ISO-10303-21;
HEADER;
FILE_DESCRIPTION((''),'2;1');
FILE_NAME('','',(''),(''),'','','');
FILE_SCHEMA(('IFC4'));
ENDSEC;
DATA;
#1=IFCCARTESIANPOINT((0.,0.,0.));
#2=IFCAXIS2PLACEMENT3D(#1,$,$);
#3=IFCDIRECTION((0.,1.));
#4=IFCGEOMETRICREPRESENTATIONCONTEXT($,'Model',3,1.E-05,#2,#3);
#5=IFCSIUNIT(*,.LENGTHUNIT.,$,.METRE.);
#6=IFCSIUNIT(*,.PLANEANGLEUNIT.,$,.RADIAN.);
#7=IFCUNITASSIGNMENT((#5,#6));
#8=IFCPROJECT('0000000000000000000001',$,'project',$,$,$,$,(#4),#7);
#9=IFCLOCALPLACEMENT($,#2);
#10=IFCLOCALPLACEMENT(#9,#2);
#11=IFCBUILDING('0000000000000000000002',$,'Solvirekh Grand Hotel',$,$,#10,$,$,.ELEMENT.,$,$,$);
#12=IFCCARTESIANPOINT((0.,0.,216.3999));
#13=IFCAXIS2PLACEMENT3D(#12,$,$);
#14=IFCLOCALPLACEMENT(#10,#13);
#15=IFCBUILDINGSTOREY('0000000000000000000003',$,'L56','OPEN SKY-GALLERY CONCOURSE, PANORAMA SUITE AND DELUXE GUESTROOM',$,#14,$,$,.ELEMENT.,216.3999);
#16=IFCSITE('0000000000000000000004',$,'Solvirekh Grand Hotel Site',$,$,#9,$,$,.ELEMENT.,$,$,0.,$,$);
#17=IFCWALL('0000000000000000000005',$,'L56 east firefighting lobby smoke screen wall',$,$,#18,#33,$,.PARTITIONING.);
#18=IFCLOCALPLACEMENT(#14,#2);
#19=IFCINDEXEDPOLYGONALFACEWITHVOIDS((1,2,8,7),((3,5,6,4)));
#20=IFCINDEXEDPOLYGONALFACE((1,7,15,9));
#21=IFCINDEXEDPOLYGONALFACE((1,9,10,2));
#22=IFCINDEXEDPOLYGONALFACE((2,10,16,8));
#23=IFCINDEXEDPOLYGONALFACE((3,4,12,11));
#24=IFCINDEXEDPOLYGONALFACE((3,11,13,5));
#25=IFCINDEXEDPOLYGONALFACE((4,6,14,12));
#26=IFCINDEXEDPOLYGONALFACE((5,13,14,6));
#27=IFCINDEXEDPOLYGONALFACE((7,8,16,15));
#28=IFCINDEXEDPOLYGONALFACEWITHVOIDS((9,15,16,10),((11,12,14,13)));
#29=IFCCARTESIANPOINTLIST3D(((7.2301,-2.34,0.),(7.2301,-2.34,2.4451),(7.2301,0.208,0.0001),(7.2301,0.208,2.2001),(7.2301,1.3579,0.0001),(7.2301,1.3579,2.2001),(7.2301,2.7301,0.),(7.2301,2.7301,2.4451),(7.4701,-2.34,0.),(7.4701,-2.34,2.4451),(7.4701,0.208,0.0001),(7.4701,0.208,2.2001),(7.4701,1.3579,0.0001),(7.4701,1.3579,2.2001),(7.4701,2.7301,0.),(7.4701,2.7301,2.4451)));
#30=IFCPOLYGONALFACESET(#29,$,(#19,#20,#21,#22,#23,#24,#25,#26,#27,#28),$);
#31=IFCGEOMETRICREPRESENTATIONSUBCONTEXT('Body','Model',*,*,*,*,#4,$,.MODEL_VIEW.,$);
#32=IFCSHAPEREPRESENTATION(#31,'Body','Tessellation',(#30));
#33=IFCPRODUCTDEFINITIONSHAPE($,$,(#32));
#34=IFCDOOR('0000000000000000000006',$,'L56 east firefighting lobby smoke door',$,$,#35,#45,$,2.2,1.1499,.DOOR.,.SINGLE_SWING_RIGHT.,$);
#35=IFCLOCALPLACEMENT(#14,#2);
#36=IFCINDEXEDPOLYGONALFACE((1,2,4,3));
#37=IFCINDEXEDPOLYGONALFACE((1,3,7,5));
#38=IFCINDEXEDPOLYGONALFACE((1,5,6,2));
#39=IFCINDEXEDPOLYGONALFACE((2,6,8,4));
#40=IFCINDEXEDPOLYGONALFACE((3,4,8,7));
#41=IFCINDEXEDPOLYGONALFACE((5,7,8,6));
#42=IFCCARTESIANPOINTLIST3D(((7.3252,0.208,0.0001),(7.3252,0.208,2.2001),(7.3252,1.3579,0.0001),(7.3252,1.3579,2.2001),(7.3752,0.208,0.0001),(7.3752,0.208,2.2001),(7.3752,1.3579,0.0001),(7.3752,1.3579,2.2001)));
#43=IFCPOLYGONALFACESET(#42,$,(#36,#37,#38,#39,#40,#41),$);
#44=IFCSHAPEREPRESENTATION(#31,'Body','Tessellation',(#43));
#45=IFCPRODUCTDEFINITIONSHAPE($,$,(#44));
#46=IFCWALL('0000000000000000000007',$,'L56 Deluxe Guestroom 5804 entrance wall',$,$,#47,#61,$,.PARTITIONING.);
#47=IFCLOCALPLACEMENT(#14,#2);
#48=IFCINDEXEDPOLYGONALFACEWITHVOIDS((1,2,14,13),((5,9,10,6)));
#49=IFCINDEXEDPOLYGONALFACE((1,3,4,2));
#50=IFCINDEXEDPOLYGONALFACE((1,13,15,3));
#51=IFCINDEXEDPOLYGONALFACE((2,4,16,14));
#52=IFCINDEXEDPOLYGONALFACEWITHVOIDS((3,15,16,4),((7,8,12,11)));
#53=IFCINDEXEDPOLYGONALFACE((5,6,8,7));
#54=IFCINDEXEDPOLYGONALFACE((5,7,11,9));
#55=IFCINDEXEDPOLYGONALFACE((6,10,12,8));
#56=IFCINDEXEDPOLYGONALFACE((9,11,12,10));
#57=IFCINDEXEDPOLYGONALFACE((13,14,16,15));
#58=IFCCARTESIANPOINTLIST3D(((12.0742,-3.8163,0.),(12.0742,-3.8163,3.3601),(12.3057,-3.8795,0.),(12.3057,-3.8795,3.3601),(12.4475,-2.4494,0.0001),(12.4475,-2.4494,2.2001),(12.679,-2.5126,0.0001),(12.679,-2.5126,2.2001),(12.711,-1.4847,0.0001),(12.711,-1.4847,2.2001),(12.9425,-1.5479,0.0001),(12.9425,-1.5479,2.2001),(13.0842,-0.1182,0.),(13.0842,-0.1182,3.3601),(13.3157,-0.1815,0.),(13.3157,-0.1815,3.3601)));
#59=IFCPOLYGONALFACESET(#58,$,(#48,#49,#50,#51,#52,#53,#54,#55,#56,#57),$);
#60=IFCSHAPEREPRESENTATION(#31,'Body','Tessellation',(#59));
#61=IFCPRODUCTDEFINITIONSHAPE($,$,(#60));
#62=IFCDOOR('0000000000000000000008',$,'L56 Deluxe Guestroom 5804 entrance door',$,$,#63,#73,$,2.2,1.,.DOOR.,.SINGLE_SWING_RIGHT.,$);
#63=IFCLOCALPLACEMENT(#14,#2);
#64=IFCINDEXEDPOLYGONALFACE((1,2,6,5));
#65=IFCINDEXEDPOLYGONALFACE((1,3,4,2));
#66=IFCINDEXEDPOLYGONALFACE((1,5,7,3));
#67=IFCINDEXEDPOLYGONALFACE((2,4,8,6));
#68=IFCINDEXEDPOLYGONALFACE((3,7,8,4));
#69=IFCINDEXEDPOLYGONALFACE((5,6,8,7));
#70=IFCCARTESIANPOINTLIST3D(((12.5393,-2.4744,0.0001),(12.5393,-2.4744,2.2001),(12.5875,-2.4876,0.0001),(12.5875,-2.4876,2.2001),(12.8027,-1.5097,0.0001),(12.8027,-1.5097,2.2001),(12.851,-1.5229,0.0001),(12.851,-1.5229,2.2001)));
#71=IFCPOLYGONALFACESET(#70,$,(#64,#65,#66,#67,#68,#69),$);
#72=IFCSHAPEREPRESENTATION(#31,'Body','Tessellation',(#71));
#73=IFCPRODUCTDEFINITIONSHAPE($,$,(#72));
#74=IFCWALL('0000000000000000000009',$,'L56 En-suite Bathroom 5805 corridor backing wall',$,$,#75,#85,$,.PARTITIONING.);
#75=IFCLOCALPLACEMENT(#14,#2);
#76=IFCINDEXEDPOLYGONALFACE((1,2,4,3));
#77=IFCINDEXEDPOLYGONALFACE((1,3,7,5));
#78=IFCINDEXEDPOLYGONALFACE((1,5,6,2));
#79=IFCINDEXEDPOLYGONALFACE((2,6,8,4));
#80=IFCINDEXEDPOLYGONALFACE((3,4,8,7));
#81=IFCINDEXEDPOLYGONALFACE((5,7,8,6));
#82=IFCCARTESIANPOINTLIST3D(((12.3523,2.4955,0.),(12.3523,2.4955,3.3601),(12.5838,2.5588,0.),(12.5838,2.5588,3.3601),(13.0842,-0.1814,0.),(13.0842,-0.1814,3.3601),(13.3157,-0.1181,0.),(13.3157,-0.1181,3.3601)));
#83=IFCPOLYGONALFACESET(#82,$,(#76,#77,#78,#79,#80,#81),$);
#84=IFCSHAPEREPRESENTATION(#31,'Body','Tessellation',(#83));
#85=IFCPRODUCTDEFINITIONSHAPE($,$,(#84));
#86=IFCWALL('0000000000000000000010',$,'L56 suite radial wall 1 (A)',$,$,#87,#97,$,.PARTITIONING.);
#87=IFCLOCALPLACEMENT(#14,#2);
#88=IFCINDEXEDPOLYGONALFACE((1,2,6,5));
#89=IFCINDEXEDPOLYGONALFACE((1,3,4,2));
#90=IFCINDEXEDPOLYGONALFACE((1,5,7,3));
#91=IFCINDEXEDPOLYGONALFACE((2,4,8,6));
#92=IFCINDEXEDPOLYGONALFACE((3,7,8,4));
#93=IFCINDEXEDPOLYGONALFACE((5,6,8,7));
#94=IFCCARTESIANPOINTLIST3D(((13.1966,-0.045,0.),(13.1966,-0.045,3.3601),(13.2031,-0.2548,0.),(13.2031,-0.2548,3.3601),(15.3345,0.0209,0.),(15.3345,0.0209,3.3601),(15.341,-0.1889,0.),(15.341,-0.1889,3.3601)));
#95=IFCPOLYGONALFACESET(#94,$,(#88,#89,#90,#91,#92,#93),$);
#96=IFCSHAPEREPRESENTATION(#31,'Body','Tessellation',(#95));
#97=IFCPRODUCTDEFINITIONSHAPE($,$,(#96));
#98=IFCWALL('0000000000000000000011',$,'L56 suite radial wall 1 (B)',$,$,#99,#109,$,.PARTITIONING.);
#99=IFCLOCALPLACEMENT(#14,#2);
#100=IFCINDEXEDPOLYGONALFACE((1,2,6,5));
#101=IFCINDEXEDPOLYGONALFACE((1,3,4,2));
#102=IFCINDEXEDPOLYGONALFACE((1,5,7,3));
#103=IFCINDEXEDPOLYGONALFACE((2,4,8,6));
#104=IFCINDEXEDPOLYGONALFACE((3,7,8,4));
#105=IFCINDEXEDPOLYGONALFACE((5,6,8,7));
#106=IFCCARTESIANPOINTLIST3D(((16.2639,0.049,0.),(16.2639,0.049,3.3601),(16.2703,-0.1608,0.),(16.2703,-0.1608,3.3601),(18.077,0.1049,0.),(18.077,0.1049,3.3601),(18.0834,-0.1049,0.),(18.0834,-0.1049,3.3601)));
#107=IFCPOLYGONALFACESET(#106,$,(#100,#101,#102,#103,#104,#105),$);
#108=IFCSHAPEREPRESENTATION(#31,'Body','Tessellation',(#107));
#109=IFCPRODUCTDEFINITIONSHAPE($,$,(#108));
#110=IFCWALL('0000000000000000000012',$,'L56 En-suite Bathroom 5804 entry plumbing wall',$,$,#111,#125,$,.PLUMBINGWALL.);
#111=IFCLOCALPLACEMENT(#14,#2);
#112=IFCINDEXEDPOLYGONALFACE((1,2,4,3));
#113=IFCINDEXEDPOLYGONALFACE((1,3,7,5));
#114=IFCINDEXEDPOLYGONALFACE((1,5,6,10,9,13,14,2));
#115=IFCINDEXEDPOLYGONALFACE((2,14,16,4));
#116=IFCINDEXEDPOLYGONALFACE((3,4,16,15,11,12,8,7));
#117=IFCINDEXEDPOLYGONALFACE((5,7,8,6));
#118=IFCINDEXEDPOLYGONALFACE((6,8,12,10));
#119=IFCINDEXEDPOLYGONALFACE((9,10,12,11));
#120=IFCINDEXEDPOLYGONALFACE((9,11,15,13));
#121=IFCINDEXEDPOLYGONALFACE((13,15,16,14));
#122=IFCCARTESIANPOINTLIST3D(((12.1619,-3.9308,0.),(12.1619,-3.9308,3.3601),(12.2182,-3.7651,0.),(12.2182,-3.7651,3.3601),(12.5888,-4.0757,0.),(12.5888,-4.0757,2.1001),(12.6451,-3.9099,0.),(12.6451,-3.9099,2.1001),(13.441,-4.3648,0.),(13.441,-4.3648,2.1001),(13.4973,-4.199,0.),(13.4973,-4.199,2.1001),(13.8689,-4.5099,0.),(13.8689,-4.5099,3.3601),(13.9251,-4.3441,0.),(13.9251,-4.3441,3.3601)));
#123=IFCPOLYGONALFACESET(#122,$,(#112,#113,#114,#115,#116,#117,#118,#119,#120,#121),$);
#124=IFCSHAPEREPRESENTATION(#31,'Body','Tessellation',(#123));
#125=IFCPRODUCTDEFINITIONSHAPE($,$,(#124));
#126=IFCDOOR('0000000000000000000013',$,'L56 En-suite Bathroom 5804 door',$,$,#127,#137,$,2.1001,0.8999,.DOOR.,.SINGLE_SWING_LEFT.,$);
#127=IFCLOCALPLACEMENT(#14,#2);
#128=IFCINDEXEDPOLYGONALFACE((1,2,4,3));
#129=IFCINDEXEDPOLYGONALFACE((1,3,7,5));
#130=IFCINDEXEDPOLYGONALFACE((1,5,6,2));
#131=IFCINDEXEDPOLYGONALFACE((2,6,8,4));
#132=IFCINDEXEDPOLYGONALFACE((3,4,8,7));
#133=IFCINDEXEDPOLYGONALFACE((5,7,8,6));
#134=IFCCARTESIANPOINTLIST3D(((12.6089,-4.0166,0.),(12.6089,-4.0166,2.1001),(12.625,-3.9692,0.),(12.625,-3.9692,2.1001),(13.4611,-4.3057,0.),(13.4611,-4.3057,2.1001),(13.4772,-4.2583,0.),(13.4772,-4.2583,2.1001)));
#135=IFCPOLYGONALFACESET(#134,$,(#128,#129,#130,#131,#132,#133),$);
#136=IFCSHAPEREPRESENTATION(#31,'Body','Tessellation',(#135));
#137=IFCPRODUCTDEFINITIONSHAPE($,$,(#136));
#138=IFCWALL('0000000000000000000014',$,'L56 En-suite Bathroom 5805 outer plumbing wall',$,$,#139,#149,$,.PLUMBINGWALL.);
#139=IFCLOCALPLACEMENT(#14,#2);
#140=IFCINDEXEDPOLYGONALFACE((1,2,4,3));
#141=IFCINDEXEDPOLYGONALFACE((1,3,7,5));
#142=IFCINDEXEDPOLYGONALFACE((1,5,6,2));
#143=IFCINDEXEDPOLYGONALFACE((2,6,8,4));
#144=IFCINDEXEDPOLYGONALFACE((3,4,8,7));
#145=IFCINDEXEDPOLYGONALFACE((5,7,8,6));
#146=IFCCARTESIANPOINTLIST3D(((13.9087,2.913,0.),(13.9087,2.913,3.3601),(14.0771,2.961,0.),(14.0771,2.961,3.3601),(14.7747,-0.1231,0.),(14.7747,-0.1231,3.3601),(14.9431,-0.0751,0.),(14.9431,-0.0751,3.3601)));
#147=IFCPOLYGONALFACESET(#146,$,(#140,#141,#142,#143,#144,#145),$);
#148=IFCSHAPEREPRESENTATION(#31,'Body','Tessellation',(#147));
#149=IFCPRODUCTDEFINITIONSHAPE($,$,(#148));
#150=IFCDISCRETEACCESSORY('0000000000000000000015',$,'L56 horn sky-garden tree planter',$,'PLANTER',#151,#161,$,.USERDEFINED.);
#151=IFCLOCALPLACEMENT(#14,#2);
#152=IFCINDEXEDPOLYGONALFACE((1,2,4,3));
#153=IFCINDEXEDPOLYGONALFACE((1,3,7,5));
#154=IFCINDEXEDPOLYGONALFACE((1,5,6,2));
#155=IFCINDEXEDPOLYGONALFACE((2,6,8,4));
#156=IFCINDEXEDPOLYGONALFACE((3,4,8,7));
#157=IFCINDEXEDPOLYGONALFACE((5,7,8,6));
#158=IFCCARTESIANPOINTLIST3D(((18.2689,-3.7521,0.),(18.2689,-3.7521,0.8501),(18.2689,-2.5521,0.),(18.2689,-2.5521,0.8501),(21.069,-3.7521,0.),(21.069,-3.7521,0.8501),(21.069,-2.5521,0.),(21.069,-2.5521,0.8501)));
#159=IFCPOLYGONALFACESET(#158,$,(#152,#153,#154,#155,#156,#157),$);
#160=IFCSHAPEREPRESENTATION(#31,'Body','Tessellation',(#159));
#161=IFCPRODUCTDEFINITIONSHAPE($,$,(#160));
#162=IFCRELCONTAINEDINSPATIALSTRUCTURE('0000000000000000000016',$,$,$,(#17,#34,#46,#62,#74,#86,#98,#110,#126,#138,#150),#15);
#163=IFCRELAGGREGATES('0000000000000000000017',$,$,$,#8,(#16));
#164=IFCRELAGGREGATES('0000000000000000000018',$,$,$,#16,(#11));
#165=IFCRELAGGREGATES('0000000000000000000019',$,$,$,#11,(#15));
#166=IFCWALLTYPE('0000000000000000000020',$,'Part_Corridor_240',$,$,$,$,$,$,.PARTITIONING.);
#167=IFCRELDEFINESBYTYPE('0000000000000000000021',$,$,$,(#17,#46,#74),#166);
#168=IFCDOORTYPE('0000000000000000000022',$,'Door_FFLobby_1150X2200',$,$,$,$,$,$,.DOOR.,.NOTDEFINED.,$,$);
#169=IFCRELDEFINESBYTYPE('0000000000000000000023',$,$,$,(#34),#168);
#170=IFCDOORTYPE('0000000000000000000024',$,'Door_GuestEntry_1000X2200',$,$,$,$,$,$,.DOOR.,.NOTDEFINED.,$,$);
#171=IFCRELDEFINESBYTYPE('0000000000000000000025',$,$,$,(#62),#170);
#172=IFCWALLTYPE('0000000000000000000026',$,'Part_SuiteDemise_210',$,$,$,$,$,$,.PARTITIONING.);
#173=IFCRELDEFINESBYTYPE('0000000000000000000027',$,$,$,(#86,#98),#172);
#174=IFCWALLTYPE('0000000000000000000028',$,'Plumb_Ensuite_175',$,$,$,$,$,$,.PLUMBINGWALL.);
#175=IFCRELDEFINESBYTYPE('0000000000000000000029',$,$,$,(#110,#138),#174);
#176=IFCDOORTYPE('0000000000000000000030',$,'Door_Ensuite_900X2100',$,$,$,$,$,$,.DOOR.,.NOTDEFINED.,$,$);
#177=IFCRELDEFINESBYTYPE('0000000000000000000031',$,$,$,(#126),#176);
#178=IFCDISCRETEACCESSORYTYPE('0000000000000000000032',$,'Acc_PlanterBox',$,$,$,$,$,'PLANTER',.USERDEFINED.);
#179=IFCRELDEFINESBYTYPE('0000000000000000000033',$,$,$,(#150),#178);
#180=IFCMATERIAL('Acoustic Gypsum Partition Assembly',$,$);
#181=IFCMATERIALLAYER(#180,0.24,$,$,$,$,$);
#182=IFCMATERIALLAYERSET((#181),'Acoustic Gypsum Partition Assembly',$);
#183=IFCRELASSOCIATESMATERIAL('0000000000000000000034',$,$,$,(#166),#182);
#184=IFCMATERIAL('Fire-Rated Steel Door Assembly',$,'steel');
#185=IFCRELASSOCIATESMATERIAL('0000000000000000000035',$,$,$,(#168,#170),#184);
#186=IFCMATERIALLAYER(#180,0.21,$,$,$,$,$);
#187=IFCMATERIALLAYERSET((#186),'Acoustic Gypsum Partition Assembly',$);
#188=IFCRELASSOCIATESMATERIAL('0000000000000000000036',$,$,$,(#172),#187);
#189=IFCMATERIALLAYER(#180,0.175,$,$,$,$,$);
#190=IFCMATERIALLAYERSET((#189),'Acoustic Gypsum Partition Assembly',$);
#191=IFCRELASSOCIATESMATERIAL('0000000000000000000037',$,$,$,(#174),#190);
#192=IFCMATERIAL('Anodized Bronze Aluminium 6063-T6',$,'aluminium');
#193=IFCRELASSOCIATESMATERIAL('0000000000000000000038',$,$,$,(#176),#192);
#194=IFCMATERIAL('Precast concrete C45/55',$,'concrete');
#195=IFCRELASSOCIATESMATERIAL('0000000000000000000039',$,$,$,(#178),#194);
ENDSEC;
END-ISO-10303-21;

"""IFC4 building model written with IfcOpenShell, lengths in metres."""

from ifc_helpers import new_model, si_unit, direction, frame, frame_2d, origin, origin_2d, place, context, subcontext, project, spatial, rectangle, extrude, material, layer, layer_set, type_object, element, fill, save


model = new_model("IFC4")

# Units and contexts
model_context = context("Model", 3, precision=1e-05, world=origin(), true_north=direction((0.0, 1.0)))
body_context = subcontext(model_context, "Body", "Model", "MODEL_VIEW")
ifc_project = project(units=[si_unit("LENGTHUNIT", "METRE"), si_unit("PLANEANGLEUNIT", "RADIAN")], contexts=[model_context])

# Site, building, storey
site_placement = place(None, origin())
site = spatial("IfcSite", under=ifc_project, at=site_placement, Name="Solvirekh Grand Hotel Site", CompositionType="ELEMENT", RefElevation=0.0)
building_placement = place(site_placement, origin())
building = spatial("IfcBuilding", under=site, at=building_placement, Name="Solvirekh Grand Hotel", CompositionType="ELEMENT")
storey_placement = place(building_placement, frame((0.0, 0.0, 216.3999)))
storey = spatial("IfcBuildingStorey", under=building, at=storey_placement, Name="L56", Description="OPEN SKY-GALLERY CONCOURSE, PANORAMA SUITE AND DELUXE GUESTROOM", CompositionType="ELEMENT", Elevation=216.3999)

# Shared definitions
ifc_material_1 = material(Name="Precast concrete C45/55", Category="concrete")

# Walls, openings, doors
ifc_material_2 = material(Name="Acoustic Gypsum Partition Assembly")
ifc_layer_1 = layer(ifc_material_2, 0.24)
ifc_layer_set_1 = layer_set([ifc_layer_1], Name="Acoustic Gypsum Partition Assembly")
wall_type_1 = type_object("IfcWallType", Name="Part_Corridor_240", PredefinedType="PARTITIONING", material=ifc_layer_set_1)
wall_1_placement = place(storey_placement, frame((7.3501, -2.3401, 0.0), z_axis=(0.0, 0.0, 1.0), x_axis=(0.0, 1.0, 0.0)))
wall_1 = element("IfcWall", 1, at=wall_1_placement, inside=storey, type_object=wall_type_1, Name="L56 east firefighting lobby smoke screen wall", PredefinedType="PARTITIONING", context=body_context, shape_type="SweptSolid", body=[
    extrude(rectangle(XDim=5.0701, YDim=0.24, at=frame_2d((2.5352, 0.0))), origin(), (0.0, 0.0, 1.0), 2.4451),
])
opening_1_placement = place(wall_1_placement, frame((2.5481, 0.0, 0.0)))
opening_1 = element("IfcOpeningElement", 2, at=opening_1_placement, cuts=wall_1, PredefinedType="OPENING", context=body_context, shape_type="SweptSolid", body=[
    extrude(rectangle(XDim=1.1499, YDim=2.2, at=frame_2d((0.575, 1.1001))), frame((0.0, 0.1299, 0.0), z_axis=(0.0, -1.0, 0.0), x_axis=(1.0, 0.0, 0.0)), (0.0, 0.0, 1.0), 0.26),
])
ifc_material_3 = material(Name="Fire-Rated Steel Door Assembly", Category="steel")
door_type_1 = type_object("IfcDoorType", Name="Door_FFLobby_1150X2200", OperationType="NOTDEFINED", PredefinedType="DOOR", material=ifc_material_3)
door_1_placement = place(opening_1_placement, origin())
door_1 = element("IfcDoor", 3, at=door_1_placement, inside=storey, type_object=door_type_1, Name="L56 east firefighting lobby smoke door", OperationType="SINGLE_SWING_RIGHT", OverallHeight=2.2, OverallWidth=1.1499, PredefinedType="DOOR", context=body_context, shape_type="SweptSolid", body=[
    extrude(rectangle(XDim=1.1499, YDim=2.2, at=frame_2d((0.575, 1.1001))), frame((0.0, 0.0249, 0.0), z_axis=(0.0, -1.0, 0.0), x_axis=(1.0, 0.0, 0.0)), (0.0, 0.0, 1.0), 0.05),
])
fill(opening_1, door_1)
wall_2_placement = place(storey_placement, frame((12.1899, -3.8479, 0.0), z_axis=(0.0, 0.0, 1.0), x_axis=(0.263473, 0.964667, 0.0)))
wall_2 = element("IfcWall", 4, at=wall_2_placement, inside=storey, type_object=wall_type_1, Name="L56 Deluxe Guestroom 5804 entrance wall", PredefinedType="PARTITIONING", context=body_context, shape_type="SweptSolid", body=[
    extrude(rectangle(XDim=3.8335, YDim=0.24, at=frame_2d((1.9167, 0.0))), origin(), (0.0, 0.0, 1.0), 3.3601),
])
opening_2_placement = place(wall_2_placement, frame((1.417, 0.0, 0.0)))
opening_2 = element("IfcOpeningElement", 5, at=opening_2_placement, cuts=wall_2, PredefinedType="OPENING", context=body_context, shape_type="SweptSolid", body=[
    extrude(rectangle(XDim=1.0, YDim=2.2, at=frame_2d((0.5, 1.1001))), frame((0.0, 0.1299, 0.0), z_axis=(0.0, -1.0, 0.0), x_axis=(1.0, 0.0, 0.0)), (0.0, 0.0, 1.0), 0.26),
])
door_type_2 = type_object("IfcDoorType", Name="Door_GuestEntry_1000X2200", OperationType="NOTDEFINED", PredefinedType="DOOR", material=ifc_material_3)
door_2_placement = place(opening_2_placement, origin())
door_2 = element("IfcDoor", 6, at=door_2_placement, inside=storey, type_object=door_type_2, Name="L56 Deluxe Guestroom 5804 entrance door", OperationType="SINGLE_SWING_RIGHT", OverallHeight=2.2, OverallWidth=1.0, PredefinedType="DOOR", context=body_context, shape_type="SweptSolid", body=[
    extrude(rectangle(XDim=1.0, YDim=2.2, at=frame_2d((0.5, 1.1001))), frame((0.0, 0.0249, 0.0), z_axis=(0.0, -1.0, 0.0), x_axis=(1.0, 0.0, 0.0)), (0.0, 0.0, 1.0), 0.05),
])
fill(opening_2, door_2)

# Walls
wall_3_placement = place(storey_placement, frame((13.2, -0.1499, 0.0), z_axis=(0.0, 0.0, 1.0), x_axis=(-0.263735, 0.964595, 0.0)))
element("IfcWall", 7, at=wall_3_placement, inside=storey, type_object=wall_type_1, Name="L56 En-suite Bathroom 5805 corridor backing wall", PredefinedType="PARTITIONING", context=body_context, shape_type="SweptSolid", body=[
    extrude(rectangle(XDim=2.7751, YDim=0.24, at=frame_2d((1.3877, 0.0))), origin(), (0.0, 0.0, 1.0), 3.3601),
])
ifc_layer_2 = layer(ifc_material_2, 0.21)
ifc_layer_set_2 = layer_set([ifc_layer_2], Name="Acoustic Gypsum Partition Assembly")
wall_type_2 = type_object("IfcWallType", Name="Part_SuiteDemise_210", PredefinedType="PARTITIONING", material=ifc_layer_set_2)
wall_4_placement = place(storey_placement, frame((13.2, -0.1499, 0.0), z_axis=(0.0, 0.0, 1.0), x_axis=(0.999525, 0.030818, 0.0)))
element("IfcWall", 8, at=wall_4_placement, inside=storey, type_object=wall_type_2, Name="L56 suite radial wall 1 (A)", PredefinedType="PARTITIONING", context=body_context, shape_type="SweptSolid", body=[
    extrude(rectangle(XDim=2.1389, YDim=0.21, at=frame_2d((1.0693, 0.0))), origin(), (0.0, 0.0, 1.0), 3.3601),
])
wall_5_placement = place(storey_placement, frame((16.2671, -0.0559, 0.0), z_axis=(0.0, 0.0, 1.0), x_axis=(0.999525, 0.030823, 0.0)))
element("IfcWall", 9, at=wall_5_placement, inside=storey, type_object=wall_type_2, Name="L56 suite radial wall 1 (B)", PredefinedType="PARTITIONING", context=body_context, shape_type="SweptSolid", body=[
    extrude(rectangle(XDim=1.814, YDim=0.21, at=frame_2d((0.907, 0.0))), origin(), (0.0, 0.0, 1.0), 3.3601),
])

# Wall, opening, door
ifc_layer_3 = layer(ifc_material_2, 0.175)
ifc_layer_set_3 = layer_set([ifc_layer_3], Name="Acoustic Gypsum Partition Assembly")
wall_type_3 = type_object("IfcWallType", Name="Plumb_Ensuite_175", PredefinedType="PLUMBINGWALL", material=ifc_layer_set_3)
wall_6_placement = place(storey_placement, frame((12.1899, -3.8479, 0.0), z_axis=(0.0, 0.0, 1.0), x_axis=(0.94699, -0.321262, 0.0)))
wall_6 = element("IfcWall", 10, at=wall_6_placement, inside=storey, type_object=wall_type_3, Name="L56 En-suite Bathroom 5804 entry plumbing wall", PredefinedType="PLUMBINGWALL", context=body_context, shape_type="SweptSolid", body=[
    extrude(rectangle(XDim=1.8025, YDim=0.175, at=frame_2d((0.9014, 0.0))), origin(), (0.0, 0.0, 1.0), 3.3601),
])
opening_3_placement = place(wall_6_placement, frame((0.4509, 0.0, 0.0)))
opening_3 = element("IfcOpeningElement", 11, at=opening_3_placement, cuts=wall_6, PredefinedType="OPENING", context=body_context, shape_type="SweptSolid", body=[
    extrude(rectangle(XDim=0.8999, YDim=2.1001, at=frame_2d((0.45, 1.05))), frame((0.0, 0.0977, 0.0), z_axis=(0.0, -1.0, 0.0), x_axis=(1.0, 0.0, 0.0)), (0.0, 0.0, 1.0), 0.1951),
])
ifc_material_4 = material(Name="Anodized Bronze Aluminium 6063-T6", Category="aluminium")
door_type_3 = type_object("IfcDoorType", Name="Door_Ensuite_900X2100", OperationType="NOTDEFINED", PredefinedType="DOOR", material=ifc_material_4)
door_3_placement = place(opening_3_placement, origin())
door_3 = element("IfcDoor", 12, at=door_3_placement, inside=storey, type_object=door_type_3, Name="L56 En-suite Bathroom 5804 door", OperationType="SINGLE_SWING_LEFT", OverallHeight=2.1001, OverallWidth=0.8999, PredefinedType="DOOR", context=body_context, shape_type="SweptSolid", body=[
    extrude(rectangle(XDim=0.8999, YDim=2.1001, at=frame_2d((0.45, 1.05))), frame((0.0, 0.0249, 0.0), z_axis=(0.0, -1.0, 0.0), x_axis=(1.0, 0.0, 0.0)), (0.0, 0.0, 1.0), 0.05),
])
fill(opening_3, door_3)

# Wall
wall_7_placement = place(storey_placement, frame((14.8589, -0.0991, 0.0), z_axis=(0.0, 0.0, 1.0), x_axis=(-0.274282, 0.961649, 0.0)))
element("IfcWall", 13, at=wall_7_placement, inside=storey, type_object=wall_type_3, Name="L56 En-suite Bathroom 5805 outer plumbing wall", PredefinedType="PLUMBINGWALL", context=body_context, shape_type="SweptSolid", body=[
    extrude(rectangle(XDim=3.1572, YDim=0.175, at=frame_2d((1.5786, 0.0))), origin(), (0.0, 0.0, 1.0), 3.3601),
])

# Discrete accessory
discrete_accessory_type = type_object("IfcDiscreteAccessoryType", Name="Acc_PlanterBox", ElementType="PLANTER", PredefinedType="USERDEFINED", material=ifc_material_1)
discrete_accessory_placement = place(storey_placement, frame((19.6689, -3.1521, 0.0), z_axis=(0.0, 0.0, 1.0), x_axis=(0.0, 1.0, 0.0)))
element("IfcDiscreteAccessory", 14, at=discrete_accessory_placement, inside=storey, type_object=discrete_accessory_type, Name="L56 horn sky-garden tree planter", ObjectType="PLANTER", PredefinedType="USERDEFINED", context=body_context, shape_type="SweptSolid", body=[
    extrude(rectangle(XDim=1.2, YDim=2.8, at=origin_2d()), origin(), (0.0, 0.0, 1.0), 0.8501),
])

save(model, "model.ifc")
